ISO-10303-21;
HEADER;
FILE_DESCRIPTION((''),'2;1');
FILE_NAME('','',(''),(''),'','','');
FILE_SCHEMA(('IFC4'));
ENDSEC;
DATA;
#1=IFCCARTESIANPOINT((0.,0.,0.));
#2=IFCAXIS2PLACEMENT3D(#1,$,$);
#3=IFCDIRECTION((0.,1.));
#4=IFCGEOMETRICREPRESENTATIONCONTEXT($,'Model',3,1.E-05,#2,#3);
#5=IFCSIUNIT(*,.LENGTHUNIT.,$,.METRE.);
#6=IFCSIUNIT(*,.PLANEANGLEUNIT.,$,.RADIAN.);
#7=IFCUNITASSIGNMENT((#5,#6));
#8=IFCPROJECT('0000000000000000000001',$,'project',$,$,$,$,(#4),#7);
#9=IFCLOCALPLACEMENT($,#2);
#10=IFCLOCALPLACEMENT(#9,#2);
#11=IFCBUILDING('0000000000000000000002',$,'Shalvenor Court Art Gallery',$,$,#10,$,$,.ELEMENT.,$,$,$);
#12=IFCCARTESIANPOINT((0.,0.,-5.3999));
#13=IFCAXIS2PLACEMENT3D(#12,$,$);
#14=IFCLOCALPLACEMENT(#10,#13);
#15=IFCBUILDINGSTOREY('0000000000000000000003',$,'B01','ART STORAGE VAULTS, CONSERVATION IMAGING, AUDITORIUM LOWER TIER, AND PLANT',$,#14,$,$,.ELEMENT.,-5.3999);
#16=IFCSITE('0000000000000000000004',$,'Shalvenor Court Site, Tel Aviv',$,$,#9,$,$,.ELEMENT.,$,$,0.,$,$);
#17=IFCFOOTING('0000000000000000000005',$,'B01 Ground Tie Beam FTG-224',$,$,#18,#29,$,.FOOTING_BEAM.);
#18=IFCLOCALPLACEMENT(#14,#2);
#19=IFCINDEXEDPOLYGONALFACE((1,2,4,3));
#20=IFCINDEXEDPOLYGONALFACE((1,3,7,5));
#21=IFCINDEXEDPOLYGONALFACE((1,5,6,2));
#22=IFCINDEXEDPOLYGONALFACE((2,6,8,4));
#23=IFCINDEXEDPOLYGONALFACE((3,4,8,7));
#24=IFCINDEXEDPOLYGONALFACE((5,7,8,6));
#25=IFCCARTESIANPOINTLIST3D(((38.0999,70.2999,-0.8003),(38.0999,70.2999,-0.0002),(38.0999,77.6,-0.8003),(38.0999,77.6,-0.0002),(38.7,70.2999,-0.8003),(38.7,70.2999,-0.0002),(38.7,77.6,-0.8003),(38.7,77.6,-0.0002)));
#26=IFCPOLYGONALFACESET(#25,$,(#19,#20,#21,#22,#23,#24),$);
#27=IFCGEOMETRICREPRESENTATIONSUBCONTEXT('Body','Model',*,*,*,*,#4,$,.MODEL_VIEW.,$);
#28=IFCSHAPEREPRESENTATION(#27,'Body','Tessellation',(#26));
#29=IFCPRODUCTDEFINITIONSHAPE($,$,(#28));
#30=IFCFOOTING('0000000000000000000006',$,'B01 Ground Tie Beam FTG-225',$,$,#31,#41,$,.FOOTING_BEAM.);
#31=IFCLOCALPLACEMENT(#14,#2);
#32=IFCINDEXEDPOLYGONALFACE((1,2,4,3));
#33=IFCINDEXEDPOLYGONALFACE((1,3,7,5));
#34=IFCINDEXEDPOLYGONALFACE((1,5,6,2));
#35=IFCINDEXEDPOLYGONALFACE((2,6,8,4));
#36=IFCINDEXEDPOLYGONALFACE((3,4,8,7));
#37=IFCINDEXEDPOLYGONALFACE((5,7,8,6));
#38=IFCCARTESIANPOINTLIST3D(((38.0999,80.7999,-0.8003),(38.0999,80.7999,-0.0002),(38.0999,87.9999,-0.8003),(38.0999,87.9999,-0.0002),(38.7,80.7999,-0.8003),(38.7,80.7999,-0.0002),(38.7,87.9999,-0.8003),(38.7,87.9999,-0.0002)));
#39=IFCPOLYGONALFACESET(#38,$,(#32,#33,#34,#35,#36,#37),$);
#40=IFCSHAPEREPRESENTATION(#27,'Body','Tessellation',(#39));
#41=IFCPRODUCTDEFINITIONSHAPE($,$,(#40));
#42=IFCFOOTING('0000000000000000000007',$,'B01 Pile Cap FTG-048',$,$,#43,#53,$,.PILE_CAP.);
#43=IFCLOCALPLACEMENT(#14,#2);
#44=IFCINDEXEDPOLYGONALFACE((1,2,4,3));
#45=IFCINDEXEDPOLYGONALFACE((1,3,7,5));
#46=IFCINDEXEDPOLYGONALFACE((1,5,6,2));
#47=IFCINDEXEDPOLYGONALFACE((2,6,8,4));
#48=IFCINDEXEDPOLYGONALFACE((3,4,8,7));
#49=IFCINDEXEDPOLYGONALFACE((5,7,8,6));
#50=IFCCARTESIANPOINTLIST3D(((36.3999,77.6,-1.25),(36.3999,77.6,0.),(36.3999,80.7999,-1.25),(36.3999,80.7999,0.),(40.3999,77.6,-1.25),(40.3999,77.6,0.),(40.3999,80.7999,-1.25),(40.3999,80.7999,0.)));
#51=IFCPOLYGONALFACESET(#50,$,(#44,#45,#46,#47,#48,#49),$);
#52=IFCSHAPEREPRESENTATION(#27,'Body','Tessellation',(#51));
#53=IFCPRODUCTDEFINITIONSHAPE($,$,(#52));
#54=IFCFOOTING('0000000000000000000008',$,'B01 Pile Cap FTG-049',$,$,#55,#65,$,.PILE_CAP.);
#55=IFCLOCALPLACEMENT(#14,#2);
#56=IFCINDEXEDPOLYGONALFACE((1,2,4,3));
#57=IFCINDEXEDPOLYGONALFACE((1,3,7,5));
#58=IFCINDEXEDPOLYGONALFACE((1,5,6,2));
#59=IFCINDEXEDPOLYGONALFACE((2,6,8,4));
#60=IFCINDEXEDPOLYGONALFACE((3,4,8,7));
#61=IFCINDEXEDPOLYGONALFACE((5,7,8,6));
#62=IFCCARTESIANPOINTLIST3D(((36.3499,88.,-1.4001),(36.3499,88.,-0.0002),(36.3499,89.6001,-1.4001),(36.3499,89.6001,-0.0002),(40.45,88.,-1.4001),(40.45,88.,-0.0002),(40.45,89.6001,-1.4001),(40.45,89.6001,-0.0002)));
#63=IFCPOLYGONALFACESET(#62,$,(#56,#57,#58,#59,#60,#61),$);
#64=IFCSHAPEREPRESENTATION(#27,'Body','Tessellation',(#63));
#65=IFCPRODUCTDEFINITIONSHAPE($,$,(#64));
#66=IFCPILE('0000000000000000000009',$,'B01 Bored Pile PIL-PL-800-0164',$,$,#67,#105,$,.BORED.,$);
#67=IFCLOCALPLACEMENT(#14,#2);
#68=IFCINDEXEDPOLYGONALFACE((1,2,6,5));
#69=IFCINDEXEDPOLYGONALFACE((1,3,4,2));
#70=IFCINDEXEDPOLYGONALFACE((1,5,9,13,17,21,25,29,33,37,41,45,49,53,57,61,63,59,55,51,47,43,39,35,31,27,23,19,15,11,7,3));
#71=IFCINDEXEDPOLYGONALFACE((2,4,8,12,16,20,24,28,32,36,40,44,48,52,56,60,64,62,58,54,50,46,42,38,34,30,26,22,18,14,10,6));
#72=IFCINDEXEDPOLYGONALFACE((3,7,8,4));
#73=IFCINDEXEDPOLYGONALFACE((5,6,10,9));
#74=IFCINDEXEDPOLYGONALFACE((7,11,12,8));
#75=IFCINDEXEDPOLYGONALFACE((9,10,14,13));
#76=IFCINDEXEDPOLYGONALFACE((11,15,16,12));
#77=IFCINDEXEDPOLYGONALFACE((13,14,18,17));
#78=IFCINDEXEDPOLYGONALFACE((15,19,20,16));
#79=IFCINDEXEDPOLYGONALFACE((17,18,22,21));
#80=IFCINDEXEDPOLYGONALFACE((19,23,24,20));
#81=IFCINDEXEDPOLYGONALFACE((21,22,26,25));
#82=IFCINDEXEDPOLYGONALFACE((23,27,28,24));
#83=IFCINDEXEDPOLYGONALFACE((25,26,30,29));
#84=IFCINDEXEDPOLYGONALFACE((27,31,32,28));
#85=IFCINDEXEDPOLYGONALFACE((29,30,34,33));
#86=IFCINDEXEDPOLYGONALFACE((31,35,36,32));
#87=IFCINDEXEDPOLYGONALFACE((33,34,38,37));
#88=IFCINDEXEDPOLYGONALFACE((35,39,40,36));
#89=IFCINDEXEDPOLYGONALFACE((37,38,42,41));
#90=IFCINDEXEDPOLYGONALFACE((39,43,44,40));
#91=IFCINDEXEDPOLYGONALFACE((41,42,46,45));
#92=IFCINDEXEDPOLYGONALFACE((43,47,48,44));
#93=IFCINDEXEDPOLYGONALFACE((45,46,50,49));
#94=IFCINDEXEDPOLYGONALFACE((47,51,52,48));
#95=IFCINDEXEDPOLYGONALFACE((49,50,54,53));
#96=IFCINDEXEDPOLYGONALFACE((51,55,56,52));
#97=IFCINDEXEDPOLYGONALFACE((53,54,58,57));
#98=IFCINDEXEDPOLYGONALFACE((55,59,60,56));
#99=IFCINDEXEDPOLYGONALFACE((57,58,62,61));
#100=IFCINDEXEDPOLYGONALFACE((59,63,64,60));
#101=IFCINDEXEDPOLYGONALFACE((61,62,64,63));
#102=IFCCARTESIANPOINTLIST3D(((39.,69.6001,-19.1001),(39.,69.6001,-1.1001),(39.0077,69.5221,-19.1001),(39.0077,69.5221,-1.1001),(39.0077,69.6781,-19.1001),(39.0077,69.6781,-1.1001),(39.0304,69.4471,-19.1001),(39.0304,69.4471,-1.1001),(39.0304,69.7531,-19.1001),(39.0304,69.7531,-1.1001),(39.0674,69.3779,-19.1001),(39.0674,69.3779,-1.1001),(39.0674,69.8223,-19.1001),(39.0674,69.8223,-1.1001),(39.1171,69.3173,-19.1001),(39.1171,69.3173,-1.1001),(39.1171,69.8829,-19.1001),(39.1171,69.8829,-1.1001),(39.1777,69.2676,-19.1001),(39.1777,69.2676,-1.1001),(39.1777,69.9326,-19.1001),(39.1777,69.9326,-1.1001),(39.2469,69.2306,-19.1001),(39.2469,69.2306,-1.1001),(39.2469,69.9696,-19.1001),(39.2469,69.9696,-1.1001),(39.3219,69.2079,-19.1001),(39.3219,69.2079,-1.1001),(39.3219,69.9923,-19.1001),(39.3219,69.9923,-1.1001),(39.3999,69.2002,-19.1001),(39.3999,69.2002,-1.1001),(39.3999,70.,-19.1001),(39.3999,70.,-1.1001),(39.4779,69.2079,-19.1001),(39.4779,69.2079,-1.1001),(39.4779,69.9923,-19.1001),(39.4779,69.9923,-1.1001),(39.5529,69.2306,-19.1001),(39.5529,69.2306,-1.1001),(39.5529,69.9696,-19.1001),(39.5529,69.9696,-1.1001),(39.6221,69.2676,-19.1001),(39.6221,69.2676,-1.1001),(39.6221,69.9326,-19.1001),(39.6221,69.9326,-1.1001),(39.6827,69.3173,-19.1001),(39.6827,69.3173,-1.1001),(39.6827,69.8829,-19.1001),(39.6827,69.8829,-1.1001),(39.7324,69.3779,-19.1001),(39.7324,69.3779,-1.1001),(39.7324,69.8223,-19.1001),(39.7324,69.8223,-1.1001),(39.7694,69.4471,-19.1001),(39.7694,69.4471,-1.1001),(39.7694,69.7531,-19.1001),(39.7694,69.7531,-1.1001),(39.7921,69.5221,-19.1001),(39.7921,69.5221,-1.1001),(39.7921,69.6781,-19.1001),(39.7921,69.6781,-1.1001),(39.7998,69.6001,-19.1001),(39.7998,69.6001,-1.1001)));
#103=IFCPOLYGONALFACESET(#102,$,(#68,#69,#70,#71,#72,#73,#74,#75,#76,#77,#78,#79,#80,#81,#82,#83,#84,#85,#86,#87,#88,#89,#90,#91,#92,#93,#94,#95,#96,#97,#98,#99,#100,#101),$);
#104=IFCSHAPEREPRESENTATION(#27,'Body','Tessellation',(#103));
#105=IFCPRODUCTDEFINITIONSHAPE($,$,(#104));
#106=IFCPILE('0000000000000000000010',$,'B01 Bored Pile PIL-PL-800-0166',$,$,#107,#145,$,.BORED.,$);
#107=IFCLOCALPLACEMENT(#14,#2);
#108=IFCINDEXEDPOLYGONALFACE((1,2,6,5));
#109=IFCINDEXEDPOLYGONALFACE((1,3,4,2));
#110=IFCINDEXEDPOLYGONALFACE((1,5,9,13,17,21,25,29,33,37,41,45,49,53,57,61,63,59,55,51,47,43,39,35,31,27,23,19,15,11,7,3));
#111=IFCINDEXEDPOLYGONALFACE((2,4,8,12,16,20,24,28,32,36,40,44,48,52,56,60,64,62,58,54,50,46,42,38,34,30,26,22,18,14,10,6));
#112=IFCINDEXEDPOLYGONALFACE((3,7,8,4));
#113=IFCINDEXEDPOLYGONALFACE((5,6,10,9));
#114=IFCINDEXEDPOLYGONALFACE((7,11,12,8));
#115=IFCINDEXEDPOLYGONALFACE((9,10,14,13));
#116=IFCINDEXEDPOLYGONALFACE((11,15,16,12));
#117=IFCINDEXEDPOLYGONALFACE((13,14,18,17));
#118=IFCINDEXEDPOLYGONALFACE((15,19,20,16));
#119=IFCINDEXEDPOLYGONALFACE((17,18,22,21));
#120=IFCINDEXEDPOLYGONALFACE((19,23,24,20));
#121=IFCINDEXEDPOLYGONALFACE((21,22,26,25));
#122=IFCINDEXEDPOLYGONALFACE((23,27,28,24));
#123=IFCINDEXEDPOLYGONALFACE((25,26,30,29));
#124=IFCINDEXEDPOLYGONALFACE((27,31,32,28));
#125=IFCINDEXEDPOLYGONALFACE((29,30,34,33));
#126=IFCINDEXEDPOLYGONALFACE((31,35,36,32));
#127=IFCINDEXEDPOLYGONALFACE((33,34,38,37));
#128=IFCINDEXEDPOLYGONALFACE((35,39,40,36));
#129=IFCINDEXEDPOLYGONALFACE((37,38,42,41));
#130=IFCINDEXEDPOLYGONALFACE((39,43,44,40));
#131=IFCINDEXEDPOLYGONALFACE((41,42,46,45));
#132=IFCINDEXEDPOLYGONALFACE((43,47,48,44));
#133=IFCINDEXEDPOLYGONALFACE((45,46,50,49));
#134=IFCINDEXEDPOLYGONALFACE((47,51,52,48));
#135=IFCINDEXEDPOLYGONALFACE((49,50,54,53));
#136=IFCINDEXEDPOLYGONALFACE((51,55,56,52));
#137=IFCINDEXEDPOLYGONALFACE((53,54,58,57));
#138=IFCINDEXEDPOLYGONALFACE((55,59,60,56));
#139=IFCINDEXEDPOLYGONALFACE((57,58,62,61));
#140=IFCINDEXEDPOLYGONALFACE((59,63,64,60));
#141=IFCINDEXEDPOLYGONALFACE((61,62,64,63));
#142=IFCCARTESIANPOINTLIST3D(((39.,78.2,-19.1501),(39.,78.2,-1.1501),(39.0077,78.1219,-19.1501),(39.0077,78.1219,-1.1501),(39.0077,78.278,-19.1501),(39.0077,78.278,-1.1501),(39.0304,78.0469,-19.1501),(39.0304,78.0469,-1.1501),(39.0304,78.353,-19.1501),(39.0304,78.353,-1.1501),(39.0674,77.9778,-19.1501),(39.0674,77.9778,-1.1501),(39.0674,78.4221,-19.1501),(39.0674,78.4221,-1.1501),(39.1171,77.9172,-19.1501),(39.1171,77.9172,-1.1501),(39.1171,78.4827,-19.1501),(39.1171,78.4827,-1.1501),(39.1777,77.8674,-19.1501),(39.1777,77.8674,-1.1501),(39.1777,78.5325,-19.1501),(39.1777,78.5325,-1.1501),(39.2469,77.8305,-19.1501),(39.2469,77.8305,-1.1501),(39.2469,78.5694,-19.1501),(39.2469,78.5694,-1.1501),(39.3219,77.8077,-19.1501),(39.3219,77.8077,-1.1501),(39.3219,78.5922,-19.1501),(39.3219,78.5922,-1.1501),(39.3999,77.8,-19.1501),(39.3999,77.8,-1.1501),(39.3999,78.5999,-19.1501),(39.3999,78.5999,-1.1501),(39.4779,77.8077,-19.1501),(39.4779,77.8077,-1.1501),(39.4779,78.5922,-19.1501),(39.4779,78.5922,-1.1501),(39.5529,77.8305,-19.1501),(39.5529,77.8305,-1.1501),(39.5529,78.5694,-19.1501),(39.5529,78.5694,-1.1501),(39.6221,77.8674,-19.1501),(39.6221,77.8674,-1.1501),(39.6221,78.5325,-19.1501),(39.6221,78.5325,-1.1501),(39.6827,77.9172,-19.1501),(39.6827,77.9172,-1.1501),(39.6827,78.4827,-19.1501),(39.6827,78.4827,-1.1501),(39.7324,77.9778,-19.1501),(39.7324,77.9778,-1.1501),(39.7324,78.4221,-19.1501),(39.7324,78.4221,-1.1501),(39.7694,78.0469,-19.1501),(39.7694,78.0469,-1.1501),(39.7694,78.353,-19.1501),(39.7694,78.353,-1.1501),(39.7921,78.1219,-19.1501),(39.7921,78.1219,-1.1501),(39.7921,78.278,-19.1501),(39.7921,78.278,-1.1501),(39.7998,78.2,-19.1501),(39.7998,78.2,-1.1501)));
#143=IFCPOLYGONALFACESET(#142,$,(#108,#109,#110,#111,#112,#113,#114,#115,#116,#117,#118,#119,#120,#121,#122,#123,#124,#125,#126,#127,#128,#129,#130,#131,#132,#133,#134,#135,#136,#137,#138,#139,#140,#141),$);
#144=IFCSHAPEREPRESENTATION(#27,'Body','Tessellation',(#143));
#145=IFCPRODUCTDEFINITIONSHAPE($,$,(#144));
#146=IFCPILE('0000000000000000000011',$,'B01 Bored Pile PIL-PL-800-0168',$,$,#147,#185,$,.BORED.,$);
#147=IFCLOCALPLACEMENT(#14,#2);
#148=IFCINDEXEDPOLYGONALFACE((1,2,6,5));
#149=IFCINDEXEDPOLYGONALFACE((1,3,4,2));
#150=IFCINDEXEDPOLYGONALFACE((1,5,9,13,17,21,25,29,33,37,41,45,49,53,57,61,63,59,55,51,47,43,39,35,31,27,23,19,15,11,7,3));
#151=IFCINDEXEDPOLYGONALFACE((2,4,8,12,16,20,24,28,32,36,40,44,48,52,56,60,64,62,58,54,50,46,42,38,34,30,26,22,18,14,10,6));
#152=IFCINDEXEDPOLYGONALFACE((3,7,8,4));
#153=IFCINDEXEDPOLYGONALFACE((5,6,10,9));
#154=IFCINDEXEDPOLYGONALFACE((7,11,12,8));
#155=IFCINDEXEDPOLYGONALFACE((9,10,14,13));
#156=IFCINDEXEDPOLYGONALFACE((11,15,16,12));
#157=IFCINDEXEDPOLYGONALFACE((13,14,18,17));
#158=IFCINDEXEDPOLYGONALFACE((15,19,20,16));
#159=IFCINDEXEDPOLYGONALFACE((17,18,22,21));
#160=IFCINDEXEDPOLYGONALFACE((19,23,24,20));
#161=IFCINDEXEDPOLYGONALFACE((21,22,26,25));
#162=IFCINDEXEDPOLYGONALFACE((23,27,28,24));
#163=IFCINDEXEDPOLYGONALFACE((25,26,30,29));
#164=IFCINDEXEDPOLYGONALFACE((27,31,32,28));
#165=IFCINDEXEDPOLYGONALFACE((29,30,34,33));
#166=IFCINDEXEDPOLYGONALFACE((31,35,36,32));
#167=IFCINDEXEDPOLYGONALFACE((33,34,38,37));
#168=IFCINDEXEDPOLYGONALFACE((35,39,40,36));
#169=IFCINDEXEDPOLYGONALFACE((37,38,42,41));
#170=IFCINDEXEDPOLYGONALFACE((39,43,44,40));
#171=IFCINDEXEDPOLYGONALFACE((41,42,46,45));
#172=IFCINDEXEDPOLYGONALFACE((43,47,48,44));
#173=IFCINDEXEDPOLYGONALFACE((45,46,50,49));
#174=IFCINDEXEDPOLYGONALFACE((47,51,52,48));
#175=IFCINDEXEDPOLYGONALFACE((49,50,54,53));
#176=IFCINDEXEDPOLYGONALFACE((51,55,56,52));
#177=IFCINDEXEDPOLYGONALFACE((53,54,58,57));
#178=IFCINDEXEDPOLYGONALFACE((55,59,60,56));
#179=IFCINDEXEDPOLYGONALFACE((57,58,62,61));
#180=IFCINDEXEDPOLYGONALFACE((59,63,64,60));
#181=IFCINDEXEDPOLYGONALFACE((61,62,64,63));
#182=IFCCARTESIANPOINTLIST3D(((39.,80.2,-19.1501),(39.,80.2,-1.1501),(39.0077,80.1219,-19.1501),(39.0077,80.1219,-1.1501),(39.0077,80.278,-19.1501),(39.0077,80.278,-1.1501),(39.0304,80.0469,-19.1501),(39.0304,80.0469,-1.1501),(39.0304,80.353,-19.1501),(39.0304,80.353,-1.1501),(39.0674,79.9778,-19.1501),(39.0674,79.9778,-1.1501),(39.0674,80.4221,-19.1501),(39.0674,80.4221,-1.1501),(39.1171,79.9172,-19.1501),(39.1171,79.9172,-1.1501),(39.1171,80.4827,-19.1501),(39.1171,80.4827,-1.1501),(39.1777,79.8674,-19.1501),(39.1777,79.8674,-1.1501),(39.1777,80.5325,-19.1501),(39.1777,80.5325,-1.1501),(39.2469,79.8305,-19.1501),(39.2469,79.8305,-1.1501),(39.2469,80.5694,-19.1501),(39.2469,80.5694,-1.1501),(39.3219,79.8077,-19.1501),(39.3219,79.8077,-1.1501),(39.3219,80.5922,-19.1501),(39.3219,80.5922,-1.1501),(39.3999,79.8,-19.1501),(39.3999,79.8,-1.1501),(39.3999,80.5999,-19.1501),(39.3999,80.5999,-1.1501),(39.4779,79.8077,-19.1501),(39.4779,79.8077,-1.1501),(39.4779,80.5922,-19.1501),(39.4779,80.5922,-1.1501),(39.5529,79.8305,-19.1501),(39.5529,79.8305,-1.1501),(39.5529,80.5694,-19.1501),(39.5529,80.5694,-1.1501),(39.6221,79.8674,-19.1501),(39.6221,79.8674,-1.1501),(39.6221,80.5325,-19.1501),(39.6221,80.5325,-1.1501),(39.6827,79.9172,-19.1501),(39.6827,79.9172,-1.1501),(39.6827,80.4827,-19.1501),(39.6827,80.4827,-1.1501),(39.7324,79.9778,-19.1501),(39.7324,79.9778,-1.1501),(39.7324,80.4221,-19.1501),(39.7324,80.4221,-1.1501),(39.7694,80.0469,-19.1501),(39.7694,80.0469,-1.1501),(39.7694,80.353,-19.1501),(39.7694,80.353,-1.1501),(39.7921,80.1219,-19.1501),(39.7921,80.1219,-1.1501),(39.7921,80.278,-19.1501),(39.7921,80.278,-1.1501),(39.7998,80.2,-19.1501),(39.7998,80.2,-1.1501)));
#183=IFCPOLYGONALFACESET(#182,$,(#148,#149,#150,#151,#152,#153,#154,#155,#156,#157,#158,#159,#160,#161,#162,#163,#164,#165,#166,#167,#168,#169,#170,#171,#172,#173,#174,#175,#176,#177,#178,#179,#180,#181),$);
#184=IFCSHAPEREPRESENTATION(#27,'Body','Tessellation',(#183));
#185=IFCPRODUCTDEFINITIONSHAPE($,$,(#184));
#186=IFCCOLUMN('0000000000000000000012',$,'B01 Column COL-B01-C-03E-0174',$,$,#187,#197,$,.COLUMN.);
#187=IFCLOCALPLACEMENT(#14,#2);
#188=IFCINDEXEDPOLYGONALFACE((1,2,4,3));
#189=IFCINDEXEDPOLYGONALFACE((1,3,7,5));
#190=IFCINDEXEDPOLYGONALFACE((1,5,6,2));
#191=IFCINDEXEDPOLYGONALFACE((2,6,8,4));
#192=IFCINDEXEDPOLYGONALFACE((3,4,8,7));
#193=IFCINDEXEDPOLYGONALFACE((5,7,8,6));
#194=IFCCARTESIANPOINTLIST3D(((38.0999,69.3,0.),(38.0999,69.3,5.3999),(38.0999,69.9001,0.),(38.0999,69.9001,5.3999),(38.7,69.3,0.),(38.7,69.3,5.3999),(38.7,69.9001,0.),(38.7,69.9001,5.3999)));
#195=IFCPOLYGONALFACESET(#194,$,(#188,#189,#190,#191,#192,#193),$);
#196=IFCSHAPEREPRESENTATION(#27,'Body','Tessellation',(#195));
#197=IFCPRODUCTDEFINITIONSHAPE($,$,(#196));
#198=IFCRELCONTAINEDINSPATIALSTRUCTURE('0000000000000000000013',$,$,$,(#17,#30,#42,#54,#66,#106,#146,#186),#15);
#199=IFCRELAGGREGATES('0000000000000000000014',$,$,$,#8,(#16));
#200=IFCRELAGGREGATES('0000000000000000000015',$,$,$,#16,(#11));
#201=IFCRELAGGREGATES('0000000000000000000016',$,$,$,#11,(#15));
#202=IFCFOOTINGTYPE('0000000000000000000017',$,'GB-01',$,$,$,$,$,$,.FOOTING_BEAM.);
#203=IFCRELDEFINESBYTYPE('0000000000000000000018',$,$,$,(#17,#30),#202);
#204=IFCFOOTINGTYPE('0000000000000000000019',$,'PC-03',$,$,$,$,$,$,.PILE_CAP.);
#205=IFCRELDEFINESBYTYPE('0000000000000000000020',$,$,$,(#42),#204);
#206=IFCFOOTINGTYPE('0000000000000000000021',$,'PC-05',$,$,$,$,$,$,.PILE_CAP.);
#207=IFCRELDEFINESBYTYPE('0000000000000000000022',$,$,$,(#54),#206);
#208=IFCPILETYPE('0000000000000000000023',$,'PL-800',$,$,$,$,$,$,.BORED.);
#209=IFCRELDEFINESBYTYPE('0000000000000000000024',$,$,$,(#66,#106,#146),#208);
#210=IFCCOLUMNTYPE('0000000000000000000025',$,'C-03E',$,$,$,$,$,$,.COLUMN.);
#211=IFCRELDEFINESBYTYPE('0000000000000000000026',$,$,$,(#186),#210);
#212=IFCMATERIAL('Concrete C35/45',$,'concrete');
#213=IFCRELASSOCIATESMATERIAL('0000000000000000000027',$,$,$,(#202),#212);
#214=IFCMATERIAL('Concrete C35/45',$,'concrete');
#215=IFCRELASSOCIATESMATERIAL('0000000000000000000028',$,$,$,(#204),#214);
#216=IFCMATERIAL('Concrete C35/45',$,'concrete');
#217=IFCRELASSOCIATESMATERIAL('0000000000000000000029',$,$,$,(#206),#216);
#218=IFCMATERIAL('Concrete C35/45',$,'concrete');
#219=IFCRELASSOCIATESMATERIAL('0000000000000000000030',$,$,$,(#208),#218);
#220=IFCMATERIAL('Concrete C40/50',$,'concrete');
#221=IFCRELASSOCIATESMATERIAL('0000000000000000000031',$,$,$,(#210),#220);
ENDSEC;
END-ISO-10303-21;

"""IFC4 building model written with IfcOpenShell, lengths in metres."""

from ifc_helpers import new_model, si_unit, direction, frame, origin, origin_2d, place, context, subcontext, project, spatial, rectangle, circle, extrude, material, material_profile, profile_set, type_object, element, save


model = new_model("IFC4")

# Units and contexts
model_context = context("Model", 3, precision=1e-05, world=origin(), true_north=direction((0.0, 1.0)))
body_context = subcontext(model_context, "Body", "Model", "MODEL_VIEW")
ifc_project = project(units=[si_unit("LENGTHUNIT", "METRE"), si_unit("PLANEANGLEUNIT", "RADIAN")], contexts=[model_context])

# Site, building, storey
site_placement = place(None, origin())
site = spatial("IfcSite", under=ifc_project, at=site_placement, Name="Shalvenor Court Site, Tel Aviv", CompositionType="ELEMENT", RefElevation=0.0)
building_placement = place(site_placement, origin())
building = spatial("IfcBuilding", under=site, at=building_placement, Name="Shalvenor Court Art Gallery", CompositionType="ELEMENT")
storey_placement = place(building_placement, frame((0.0, 0.0, -5.3999)))
storey = spatial("IfcBuildingStorey", under=building, at=storey_placement, Name="B01", Description="ART STORAGE VAULTS, CONSERVATION IMAGING, AUDITORIUM LOWER TIER, AND PLANT", CompositionType="ELEMENT", Elevation=-5.3999)

# Footings
ifc_material_1 = material(Name="Concrete C35/45", Category="concrete")
footing_type_1 = type_object("IfcFootingType", Name="GB-01", PredefinedType="FOOTING_BEAM", material=ifc_material_1)
footing_1_placement = place(storey_placement, frame((38.3999, 73.95, -0.8003), z_axis=(0.0, 0.0, 1.0), x_axis=(0.0, 1.0, 0.0)))
element("IfcFooting", 1, at=footing_1_placement, inside=storey, type_object=footing_type_1, Name="B01 Ground Tie Beam FTG-224", PredefinedType="FOOTING_BEAM", context=body_context, shape_type="SweptSolid", body=[
    extrude(rectangle(XDim=7.3, YDim=0.6001, at=origin_2d()), origin(), (0.0, 0.0, 1.0), 0.8),
])
footing_2_placement = place(storey_placement, frame((38.3999, 84.3999, -0.8003), z_axis=(0.0, 0.0, 1.0), x_axis=(0.0, 1.0, 0.0)))
element("IfcFooting", 2, at=footing_2_placement, inside=storey, type_object=footing_type_1, Name="B01 Ground Tie Beam FTG-225", PredefinedType="FOOTING_BEAM", context=body_context, shape_type="SweptSolid", body=[
    extrude(rectangle(XDim=7.2, YDim=0.6001, at=origin_2d()), origin(), (0.0, 0.0, 1.0), 0.8),
])
ifc_material_2 = material(Name="Concrete C35/45", Category="concrete")
footing_type_2 = type_object("IfcFootingType", Name="PC-03", PredefinedType="PILE_CAP", material=ifc_material_2)
footing_3_placement = place(storey_placement, frame((38.3999, 79.2, -1.25), z_axis=(0.0, 0.0, 1.0), x_axis=(1.0, 0.0, 0.0)))
element("IfcFooting", 3, at=footing_3_placement, inside=storey, type_object=footing_type_2, Name="B01 Pile Cap FTG-048", PredefinedType="PILE_CAP", context=body_context, shape_type="SweptSolid", body=[
    extrude(rectangle(XDim=4.0, YDim=3.2, at=origin_2d()), origin(), (0.0, 0.0, 1.0), 1.25),
])
ifc_material_3 = material(Name="Concrete C35/45", Category="concrete")
footing_type_3 = type_object("IfcFootingType", Name="PC-05", PredefinedType="PILE_CAP", material=ifc_material_3)
footing_4_placement = place(storey_placement, frame((38.3999, 88.8, -1.4001), z_axis=(0.0, 0.0, 1.0), x_axis=(1.0, 0.0, 0.0)))
element("IfcFooting", 4, at=footing_4_placement, inside=storey, type_object=footing_type_3, Name="B01 Pile Cap FTG-049", PredefinedType="PILE_CAP", context=body_context, shape_type="SweptSolid", body=[
    extrude(rectangle(XDim=4.1001, YDim=1.6001, at=origin_2d()), origin(), (0.0, 0.0, 1.0), 1.3999),
])

# Piles
ifc_material_4 = material(Name="Concrete C35/45", Category="concrete")
ifc_material_profile_1 = material_profile(ifc_material_4, circle(Radius=0.3999, at=origin_2d()), Name="PILE 800")
ifc_profile_set_1 = profile_set([ifc_material_profile_1], Name="Concrete C35/45")
pile_type = type_object("IfcPileType", Name="PL-800", PredefinedType="BORED", material=ifc_profile_set_1)
for number, where, z_axis, x_axis, name in (
    (5, (39.3999, 69.6001, -1.1001), (0.0, 0.0, -1.0), (1.0, 0.0, 0.0), "B01 Bored Pile PIL-PL-800-0164"),
    (6, (39.3999, 78.2, -1.1501), (0.0, 0.0, -1.0), (1.0, 0.0, 0.0), "B01 Bored Pile PIL-PL-800-0166"),
    (7, (39.3999, 80.2, -1.1501), (0.0, 0.0, -1.0), (1.0, 0.0, 0.0), "B01 Bored Pile PIL-PL-800-0168"),
):
    element("IfcPile", number, at=place(storey_placement, frame(where, z_axis=z_axis, x_axis=x_axis)), inside=storey, type_object=pile_type, Name=name, PredefinedType="BORED", context=body_context, shape_type="SweptSolid", body=[
        extrude(circle(Radius=0.3999, at=origin_2d()), origin(), (0.0, 0.0, 1.0), 18.0),
    ])

# Column
ifc_material_5 = material(Name="Concrete C40/50", Category="concrete")
ifc_material_profile_2 = material_profile(ifc_material_5, rectangle(XDim=0.6001, YDim=0.6001, at=origin_2d()), Name="RC 600x600")
ifc_profile_set_2 = profile_set([ifc_material_profile_2], Name="Concrete C40/50")
column_type_1 = type_object("IfcColumnType", Name="C-03E", PredefinedType="COLUMN", material=ifc_profile_set_2)
for number, where, z_axis, x_axis, name in (
    (8, (38.3999, 69.6001, 0.0), (0.0, 0.0, 1.0), (1.0, 0.0, 0.0), "B01 Column COL-B01-C-03E-0174"),
):
    element("IfcColumn", number, at=place(storey_placement, frame(where, z_axis=z_axis, x_axis=x_axis)), inside=storey, type_object=column_type_1, Name=name, PredefinedType="COLUMN", context=body_context, shape_type="SweptSolid", body=[
        extrude(rectangle(XDim=0.6001, YDim=0.6001, at=origin_2d()), origin(), (0.0, 0.0, 1.0), 5.3999),
    ])

save(model, "model.ifc")
